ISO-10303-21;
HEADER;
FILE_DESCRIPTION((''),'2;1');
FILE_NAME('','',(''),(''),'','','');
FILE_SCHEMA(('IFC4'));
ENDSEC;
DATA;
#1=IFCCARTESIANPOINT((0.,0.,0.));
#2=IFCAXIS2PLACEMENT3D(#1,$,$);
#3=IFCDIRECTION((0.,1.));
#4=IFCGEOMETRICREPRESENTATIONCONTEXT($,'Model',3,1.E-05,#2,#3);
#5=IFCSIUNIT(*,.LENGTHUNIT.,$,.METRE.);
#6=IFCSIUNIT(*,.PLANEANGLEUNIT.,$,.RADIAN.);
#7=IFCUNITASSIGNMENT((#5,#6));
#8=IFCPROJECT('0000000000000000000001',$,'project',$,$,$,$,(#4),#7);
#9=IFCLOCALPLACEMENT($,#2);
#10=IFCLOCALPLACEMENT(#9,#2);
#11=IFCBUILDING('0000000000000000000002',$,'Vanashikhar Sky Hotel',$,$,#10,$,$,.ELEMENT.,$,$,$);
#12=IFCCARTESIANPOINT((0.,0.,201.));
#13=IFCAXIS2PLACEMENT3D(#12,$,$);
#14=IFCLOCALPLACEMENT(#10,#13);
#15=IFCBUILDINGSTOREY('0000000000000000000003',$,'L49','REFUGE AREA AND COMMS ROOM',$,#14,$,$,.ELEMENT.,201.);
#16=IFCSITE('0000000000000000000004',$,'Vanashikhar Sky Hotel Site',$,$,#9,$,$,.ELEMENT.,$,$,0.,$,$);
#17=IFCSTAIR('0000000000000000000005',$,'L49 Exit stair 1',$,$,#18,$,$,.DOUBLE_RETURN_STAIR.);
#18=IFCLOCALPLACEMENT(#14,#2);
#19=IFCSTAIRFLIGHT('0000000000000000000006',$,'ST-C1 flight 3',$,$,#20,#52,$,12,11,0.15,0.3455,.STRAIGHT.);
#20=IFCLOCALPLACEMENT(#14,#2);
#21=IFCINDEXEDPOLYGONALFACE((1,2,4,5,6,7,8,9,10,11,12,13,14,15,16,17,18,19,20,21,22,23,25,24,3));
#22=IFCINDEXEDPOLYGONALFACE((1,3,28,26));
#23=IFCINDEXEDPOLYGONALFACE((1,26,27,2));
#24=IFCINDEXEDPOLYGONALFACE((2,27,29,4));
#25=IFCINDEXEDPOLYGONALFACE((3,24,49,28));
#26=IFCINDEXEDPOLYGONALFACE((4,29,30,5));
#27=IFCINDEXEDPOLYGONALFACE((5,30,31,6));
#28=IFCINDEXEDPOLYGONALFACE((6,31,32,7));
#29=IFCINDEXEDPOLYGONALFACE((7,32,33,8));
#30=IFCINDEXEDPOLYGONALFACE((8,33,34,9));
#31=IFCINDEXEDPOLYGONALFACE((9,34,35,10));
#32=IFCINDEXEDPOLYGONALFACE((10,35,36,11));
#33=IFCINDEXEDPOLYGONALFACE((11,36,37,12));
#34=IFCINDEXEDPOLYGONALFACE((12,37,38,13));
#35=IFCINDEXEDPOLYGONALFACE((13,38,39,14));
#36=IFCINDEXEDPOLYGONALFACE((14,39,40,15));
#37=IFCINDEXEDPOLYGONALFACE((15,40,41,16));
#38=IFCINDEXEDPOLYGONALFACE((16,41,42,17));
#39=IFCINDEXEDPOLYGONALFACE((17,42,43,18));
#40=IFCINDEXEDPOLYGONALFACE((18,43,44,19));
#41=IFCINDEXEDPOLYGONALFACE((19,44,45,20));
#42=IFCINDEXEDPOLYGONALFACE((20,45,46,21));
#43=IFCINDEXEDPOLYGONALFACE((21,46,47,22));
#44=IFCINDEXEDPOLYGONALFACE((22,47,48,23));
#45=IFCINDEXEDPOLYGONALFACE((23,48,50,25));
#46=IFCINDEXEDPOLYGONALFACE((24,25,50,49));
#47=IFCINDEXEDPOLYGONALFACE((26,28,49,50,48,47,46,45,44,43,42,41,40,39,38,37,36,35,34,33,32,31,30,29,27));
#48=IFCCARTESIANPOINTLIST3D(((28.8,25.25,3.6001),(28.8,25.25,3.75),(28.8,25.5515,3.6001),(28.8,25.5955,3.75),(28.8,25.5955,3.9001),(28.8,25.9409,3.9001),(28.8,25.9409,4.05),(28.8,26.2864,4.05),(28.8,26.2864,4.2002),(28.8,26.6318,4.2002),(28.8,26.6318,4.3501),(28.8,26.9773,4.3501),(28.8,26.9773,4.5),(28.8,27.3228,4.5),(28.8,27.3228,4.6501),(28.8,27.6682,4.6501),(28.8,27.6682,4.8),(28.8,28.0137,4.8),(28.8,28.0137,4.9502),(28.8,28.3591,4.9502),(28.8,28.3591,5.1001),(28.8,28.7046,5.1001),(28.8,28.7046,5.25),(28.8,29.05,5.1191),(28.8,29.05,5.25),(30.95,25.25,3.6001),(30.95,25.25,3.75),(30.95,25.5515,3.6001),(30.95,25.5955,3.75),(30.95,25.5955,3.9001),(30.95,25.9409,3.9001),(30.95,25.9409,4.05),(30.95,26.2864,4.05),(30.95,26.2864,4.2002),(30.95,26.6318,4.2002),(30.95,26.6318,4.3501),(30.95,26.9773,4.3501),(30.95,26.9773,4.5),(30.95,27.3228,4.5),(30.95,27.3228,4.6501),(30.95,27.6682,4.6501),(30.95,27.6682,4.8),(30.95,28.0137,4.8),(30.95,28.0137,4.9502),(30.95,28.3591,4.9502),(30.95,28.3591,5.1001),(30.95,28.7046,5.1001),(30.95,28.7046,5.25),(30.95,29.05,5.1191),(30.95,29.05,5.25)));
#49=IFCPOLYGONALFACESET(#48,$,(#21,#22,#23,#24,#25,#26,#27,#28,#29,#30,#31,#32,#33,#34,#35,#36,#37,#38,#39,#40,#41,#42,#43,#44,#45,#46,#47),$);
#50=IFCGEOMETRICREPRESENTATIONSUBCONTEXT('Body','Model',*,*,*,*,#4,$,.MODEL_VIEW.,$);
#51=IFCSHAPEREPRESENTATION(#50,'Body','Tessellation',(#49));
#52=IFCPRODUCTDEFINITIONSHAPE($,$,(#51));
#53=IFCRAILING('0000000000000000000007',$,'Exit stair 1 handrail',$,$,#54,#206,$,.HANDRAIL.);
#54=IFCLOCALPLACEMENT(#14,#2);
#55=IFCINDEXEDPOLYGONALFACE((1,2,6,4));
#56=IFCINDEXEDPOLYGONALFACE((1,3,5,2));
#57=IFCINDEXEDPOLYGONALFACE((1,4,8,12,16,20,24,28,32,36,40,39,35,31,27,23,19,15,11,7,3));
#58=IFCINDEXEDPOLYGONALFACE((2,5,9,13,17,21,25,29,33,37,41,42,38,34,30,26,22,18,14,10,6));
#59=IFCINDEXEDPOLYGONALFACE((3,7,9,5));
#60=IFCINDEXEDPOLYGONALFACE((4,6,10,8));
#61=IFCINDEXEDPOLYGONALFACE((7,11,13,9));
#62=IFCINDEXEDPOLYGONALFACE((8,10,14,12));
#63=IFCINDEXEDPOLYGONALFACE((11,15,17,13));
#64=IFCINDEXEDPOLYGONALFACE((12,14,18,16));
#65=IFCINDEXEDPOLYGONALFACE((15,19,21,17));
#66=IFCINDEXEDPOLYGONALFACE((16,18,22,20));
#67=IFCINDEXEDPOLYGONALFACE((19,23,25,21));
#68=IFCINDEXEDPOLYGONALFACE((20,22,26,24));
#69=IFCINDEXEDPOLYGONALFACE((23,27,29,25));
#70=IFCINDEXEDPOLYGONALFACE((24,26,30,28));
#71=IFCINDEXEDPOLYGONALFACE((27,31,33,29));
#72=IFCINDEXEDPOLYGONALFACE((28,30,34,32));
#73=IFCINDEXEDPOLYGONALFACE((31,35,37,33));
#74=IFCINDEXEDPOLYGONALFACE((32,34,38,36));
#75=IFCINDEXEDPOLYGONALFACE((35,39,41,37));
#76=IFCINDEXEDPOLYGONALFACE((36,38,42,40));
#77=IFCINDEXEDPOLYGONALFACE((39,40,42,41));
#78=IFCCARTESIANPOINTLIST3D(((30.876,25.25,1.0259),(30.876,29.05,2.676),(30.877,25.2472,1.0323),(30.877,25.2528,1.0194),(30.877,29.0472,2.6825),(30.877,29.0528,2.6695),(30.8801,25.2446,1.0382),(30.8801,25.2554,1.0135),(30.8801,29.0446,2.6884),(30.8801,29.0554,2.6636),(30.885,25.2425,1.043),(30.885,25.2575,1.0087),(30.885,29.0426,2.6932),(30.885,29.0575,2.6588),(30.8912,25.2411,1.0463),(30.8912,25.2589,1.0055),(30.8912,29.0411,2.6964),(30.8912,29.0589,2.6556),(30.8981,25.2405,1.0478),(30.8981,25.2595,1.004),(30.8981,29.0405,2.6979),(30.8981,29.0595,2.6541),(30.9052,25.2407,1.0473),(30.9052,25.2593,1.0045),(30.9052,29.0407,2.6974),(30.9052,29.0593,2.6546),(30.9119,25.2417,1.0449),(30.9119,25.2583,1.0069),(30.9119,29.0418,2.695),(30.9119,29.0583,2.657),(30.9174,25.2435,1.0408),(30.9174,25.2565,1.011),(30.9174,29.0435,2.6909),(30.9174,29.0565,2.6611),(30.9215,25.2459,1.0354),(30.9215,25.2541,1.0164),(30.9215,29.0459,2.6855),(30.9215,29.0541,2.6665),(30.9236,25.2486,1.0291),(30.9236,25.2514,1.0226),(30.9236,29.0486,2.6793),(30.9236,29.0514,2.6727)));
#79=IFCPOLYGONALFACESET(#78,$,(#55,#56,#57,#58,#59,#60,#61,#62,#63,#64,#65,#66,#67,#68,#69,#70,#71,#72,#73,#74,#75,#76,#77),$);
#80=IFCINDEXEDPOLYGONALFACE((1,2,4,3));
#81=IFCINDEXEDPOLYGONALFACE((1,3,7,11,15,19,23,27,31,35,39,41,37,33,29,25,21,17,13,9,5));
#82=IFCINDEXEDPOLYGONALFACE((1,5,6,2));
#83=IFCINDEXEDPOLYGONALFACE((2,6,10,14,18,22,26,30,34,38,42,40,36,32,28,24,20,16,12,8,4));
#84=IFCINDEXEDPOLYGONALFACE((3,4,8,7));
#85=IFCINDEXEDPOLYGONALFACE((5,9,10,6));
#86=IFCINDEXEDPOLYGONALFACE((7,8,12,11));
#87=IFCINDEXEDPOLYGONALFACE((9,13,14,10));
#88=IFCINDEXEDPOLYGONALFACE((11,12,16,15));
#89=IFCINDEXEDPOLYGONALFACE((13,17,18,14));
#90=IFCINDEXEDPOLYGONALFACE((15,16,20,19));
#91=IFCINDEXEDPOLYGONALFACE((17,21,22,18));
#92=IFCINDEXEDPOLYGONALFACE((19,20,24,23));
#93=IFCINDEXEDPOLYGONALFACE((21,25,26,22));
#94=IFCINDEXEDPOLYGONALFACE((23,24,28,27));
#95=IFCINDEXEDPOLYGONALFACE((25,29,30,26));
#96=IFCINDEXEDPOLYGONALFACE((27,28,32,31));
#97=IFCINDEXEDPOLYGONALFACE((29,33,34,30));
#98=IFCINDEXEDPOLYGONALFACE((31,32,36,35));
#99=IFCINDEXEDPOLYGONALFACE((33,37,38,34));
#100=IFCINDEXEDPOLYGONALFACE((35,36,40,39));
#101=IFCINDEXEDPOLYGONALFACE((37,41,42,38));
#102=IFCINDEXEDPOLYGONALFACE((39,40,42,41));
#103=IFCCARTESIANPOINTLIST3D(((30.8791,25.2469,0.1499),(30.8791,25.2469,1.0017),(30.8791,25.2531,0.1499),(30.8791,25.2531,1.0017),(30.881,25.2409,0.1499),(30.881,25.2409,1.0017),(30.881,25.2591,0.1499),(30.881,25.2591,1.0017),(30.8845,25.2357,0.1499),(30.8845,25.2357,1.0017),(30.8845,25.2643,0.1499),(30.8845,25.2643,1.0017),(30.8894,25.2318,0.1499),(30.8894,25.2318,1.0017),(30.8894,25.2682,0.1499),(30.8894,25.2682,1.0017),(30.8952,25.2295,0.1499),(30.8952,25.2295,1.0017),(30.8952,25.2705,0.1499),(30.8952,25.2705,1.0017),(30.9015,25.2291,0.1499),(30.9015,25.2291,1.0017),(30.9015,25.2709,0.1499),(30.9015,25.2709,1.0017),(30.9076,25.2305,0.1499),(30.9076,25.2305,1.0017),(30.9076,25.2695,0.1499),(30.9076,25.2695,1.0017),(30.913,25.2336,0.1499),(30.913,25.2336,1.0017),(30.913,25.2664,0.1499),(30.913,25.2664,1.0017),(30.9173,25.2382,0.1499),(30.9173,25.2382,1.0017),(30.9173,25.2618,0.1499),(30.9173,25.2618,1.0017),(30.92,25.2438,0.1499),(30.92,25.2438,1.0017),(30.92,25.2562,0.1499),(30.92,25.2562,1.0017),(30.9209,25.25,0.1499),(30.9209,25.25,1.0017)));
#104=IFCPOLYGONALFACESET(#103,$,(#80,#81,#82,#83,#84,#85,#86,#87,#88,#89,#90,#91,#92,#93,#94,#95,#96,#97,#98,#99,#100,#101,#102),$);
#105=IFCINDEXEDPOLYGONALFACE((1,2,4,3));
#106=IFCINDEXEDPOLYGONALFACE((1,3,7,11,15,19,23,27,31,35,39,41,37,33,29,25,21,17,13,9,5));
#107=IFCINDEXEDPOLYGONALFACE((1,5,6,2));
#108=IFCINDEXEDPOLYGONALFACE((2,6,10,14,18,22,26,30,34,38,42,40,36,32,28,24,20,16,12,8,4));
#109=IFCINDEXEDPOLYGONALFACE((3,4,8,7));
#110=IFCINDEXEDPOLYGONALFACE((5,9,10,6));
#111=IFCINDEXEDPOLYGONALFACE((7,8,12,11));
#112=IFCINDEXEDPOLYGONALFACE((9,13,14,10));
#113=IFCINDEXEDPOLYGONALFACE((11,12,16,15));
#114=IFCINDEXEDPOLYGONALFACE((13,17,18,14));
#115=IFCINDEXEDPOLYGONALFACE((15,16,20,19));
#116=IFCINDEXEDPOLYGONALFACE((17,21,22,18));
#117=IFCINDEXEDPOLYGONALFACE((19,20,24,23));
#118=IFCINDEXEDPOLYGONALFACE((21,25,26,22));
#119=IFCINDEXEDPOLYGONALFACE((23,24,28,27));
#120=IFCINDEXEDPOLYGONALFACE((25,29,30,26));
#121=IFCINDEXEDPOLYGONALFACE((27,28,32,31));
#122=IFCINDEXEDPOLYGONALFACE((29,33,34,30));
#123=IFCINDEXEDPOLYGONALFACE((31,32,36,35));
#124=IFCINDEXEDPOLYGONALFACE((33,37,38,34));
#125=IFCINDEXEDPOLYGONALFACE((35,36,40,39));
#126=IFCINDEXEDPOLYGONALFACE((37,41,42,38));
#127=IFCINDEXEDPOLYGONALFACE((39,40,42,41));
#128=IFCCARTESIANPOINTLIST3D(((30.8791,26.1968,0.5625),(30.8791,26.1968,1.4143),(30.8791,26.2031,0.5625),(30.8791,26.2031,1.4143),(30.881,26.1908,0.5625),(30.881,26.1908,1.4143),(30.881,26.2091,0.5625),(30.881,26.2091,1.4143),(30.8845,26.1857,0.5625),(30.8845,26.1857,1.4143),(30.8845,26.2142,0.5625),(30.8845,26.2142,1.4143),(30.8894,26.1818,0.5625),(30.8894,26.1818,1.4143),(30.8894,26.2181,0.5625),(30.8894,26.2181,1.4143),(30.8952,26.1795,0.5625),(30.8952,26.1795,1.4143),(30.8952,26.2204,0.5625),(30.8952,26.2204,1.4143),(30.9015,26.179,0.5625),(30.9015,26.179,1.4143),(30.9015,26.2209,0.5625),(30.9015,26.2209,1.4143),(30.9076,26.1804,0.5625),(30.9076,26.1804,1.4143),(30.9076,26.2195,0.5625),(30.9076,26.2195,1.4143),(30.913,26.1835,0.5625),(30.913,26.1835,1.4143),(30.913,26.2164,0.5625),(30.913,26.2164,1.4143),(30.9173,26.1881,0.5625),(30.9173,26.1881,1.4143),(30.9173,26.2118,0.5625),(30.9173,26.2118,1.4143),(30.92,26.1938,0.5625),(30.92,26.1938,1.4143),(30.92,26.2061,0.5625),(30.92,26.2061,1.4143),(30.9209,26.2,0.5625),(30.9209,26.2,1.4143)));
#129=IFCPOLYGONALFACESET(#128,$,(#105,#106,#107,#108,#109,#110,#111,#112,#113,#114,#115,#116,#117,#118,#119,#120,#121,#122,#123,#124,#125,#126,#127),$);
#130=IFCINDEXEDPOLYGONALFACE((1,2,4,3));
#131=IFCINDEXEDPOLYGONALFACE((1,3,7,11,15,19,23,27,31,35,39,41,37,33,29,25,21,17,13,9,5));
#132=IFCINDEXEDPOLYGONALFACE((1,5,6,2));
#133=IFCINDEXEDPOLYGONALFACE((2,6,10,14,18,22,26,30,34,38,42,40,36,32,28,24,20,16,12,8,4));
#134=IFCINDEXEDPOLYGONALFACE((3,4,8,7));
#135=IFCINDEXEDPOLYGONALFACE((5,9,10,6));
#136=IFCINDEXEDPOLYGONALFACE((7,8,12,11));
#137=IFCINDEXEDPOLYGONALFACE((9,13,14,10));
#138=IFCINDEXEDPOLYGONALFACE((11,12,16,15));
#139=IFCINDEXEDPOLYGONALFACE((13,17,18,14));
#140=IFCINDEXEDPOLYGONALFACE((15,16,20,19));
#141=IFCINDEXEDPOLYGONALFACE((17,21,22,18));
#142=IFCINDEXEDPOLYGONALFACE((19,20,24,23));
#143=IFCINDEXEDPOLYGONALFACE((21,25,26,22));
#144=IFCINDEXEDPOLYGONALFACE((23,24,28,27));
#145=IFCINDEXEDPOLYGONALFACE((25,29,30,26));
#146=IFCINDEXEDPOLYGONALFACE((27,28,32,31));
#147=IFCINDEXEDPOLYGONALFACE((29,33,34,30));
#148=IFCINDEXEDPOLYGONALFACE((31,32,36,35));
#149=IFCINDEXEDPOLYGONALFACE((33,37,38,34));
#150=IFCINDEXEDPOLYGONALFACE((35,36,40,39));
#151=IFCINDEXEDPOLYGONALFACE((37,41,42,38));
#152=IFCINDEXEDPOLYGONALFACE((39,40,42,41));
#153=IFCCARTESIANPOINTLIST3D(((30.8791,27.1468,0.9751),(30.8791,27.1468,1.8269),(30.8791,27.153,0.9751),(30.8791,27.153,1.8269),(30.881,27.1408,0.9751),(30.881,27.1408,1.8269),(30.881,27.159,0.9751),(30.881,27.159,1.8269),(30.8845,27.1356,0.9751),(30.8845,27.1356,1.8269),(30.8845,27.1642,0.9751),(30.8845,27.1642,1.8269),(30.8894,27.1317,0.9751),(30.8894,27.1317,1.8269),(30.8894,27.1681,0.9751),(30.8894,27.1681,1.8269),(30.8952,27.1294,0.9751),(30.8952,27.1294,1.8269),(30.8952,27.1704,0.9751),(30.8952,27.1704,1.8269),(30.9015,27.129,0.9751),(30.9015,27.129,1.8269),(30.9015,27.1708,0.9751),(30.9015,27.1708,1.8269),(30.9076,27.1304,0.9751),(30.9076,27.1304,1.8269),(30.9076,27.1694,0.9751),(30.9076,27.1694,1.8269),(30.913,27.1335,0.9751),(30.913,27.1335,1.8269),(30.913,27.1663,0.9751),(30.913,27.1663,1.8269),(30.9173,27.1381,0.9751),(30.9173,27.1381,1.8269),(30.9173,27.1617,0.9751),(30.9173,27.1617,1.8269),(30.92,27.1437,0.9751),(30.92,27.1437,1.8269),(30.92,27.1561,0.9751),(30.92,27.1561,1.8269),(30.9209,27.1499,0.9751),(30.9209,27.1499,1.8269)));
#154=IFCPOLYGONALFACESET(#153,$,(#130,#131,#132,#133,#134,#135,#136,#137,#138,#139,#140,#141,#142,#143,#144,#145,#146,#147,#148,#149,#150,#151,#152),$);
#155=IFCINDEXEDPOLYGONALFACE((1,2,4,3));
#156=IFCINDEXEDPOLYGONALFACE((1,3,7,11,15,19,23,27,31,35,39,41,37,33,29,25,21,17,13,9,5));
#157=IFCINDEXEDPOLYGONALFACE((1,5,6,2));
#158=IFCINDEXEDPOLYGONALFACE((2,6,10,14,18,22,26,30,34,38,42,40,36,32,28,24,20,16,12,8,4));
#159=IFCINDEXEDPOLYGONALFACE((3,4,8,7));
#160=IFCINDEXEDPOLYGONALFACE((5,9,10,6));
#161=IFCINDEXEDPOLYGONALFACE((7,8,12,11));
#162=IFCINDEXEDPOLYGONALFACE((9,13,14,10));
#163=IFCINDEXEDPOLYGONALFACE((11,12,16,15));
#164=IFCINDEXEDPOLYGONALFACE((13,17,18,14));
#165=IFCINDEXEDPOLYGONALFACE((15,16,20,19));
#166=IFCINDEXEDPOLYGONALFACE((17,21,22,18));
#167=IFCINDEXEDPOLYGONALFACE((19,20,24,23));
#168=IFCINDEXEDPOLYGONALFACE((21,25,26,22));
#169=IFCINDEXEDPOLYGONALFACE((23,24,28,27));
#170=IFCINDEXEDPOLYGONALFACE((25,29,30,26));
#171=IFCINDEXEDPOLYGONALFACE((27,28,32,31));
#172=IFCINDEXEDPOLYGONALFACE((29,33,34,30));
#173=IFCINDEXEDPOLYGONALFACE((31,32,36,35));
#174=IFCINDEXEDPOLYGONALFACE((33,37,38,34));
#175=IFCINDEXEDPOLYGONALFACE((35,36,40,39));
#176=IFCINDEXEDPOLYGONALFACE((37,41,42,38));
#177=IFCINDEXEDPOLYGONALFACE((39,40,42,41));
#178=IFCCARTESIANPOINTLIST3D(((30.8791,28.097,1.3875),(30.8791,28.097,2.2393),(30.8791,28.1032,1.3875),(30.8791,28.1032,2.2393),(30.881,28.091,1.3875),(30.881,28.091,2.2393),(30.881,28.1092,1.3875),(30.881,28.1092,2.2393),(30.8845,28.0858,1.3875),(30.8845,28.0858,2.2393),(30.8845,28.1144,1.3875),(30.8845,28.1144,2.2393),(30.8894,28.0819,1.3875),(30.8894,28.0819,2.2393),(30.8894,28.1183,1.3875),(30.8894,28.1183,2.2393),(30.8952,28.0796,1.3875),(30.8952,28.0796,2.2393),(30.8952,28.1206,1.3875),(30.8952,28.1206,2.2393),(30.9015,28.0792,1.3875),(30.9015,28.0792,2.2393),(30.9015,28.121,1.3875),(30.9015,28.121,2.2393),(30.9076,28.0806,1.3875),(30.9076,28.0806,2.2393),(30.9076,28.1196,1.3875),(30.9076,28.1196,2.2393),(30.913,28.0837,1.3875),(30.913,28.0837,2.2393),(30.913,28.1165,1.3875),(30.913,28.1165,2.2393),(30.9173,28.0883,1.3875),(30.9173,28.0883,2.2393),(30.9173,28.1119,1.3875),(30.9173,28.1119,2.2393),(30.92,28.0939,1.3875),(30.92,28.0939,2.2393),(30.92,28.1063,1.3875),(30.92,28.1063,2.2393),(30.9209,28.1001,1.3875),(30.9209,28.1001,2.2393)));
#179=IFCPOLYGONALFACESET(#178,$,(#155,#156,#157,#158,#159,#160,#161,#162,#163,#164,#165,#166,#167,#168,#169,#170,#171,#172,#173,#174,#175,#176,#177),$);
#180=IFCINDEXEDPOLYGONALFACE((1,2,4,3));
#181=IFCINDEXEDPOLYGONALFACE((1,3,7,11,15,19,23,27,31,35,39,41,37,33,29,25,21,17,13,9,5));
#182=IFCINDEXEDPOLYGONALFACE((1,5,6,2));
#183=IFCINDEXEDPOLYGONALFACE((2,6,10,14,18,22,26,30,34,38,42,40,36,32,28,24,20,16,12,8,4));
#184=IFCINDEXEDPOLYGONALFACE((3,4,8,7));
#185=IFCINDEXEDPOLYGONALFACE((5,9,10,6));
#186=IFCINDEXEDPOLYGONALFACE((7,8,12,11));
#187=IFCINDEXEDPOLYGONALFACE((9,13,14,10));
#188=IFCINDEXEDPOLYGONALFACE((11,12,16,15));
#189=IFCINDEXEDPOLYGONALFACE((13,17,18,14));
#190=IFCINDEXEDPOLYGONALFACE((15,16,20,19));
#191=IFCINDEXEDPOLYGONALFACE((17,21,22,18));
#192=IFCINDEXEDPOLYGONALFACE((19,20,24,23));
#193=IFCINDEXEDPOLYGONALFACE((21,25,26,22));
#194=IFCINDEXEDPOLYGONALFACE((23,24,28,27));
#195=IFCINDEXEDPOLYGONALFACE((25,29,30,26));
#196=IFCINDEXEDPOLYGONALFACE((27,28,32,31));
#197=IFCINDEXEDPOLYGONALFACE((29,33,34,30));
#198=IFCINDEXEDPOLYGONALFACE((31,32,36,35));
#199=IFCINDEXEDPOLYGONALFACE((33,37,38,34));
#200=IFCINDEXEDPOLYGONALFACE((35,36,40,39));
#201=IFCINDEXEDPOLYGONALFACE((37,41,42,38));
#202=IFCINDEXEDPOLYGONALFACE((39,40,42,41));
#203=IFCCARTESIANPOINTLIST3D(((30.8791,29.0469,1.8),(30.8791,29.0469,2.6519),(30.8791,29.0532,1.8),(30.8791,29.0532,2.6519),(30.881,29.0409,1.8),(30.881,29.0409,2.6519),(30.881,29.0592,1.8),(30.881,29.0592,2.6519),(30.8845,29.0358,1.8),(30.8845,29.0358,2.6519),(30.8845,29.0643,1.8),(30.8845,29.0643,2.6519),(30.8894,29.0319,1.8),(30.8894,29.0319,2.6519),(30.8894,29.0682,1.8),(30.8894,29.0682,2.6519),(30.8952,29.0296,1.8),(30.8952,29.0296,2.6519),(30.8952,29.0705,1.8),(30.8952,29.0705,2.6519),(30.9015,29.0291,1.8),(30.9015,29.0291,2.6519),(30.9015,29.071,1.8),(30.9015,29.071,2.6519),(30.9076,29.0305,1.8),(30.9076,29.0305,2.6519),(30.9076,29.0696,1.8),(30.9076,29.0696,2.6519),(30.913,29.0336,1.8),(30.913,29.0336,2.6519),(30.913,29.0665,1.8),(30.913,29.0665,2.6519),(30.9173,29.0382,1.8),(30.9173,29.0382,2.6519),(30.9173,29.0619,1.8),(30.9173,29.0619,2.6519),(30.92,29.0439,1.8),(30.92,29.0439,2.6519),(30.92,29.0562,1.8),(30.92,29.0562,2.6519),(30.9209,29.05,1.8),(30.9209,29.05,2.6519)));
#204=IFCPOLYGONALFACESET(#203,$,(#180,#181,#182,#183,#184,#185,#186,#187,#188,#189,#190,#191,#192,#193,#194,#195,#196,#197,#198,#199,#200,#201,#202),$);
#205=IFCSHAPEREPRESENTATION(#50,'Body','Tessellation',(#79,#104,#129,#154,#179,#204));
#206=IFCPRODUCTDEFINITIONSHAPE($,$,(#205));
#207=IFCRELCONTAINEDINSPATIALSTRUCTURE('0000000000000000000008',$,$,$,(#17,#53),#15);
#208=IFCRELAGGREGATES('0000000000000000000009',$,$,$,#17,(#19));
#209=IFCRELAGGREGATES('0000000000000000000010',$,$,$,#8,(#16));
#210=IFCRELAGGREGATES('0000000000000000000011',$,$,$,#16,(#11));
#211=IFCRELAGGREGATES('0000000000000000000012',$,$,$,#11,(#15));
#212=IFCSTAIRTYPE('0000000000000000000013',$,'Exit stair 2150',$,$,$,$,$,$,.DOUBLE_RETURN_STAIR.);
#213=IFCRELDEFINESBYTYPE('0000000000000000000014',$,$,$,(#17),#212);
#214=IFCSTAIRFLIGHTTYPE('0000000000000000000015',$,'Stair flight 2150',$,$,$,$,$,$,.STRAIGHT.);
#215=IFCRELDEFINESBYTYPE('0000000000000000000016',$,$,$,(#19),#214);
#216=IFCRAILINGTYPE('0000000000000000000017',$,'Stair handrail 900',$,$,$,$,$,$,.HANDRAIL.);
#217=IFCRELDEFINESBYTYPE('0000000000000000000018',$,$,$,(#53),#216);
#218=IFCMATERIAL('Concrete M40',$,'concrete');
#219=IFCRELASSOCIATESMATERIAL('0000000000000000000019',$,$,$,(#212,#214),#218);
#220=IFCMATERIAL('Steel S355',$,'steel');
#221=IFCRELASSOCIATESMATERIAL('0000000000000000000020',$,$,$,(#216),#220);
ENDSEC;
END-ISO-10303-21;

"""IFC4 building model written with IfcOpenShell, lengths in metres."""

from ifc_helpers import new_model, si_unit, direction, frame, origin, origin_2d, place, context, subcontext, project, spatial, polyline, circle, outline, extrude, source, transform, mapped, material, type_object, element, aggregate, save


model = new_model("IFC4")

# Units and contexts
model_context = context("Model", 3, precision=1e-05, world=origin(), true_north=direction((0.0, 1.0)))
body_context = subcontext(model_context, "Body", "Model", "MODEL_VIEW")
ifc_project = project(units=[si_unit("LENGTHUNIT", "METRE"), si_unit("PLANEANGLEUNIT", "RADIAN")], contexts=[model_context])

# Site, building, storey
site_placement = place(None, origin())
site = spatial("IfcSite", under=ifc_project, at=site_placement, Name="Vanashikhar Sky Hotel Site", CompositionType="ELEMENT", RefElevation=0.0)
building_placement = place(site_placement, origin())
building = spatial("IfcBuilding", under=site, at=building_placement, Name="Vanashikhar Sky Hotel", CompositionType="ELEMENT")
storey_placement = place(building_placement, frame((0.0, 0.0, 201.0)))
storey = spatial("IfcBuildingStorey", under=building, at=storey_placement, Name="L49", Description="REFUGE AREA AND COMMS ROOM", CompositionType="ELEMENT", Elevation=201.0)

# Stair, stair flight
ifc_material_1 = material(Name="Concrete M40", Category="concrete")
stair_type = type_object("IfcStairType", Name="Exit stair 2150", PredefinedType="DOUBLE_RETURN_STAIR", material=ifc_material_1)
stair_placement = place(storey_placement, origin())
stair = element("IfcStair", 1, at=stair_placement, inside=storey, type_object=stair_type, Name="L49 Exit stair 1", PredefinedType="DOUBLE_RETURN_STAIR")
stair_flight_type = type_object("IfcStairFlightType", Name="Stair flight 2150", PredefinedType="STRAIGHT", material=ifc_material_1)
shared_shape_1 = source(origin(), body_context, "Body", "SweptSolid", [
    extrude(outline(polyline([(0.0, 0.0), (0.0, 0.1499), (0.3455, 0.1499), (0.3455, 0.3), (0.6909, 0.3), (0.6909, 0.45), (1.0364, 0.45), (1.0364, 0.6001), (1.3818, 0.6001), (1.3818, 0.75), (1.7273, 0.75), (1.7273, 0.8999), (2.0728, 0.8999), (2.0728, 1.05), (2.4182, 1.05), (2.4182, 1.2), (2.7637, 1.2), (2.7637, 1.3501), (3.1091, 1.3501), (3.1091, 1.5), (3.4546, 1.5), (3.4546, 1.6499), (3.8, 1.6499), (3.8, 1.8), (3.8, 1.519), (0.3015, 0.0), (0.0, 0.0)])), frame((0.0, 1.075, 0.0), z_axis=(0.0, -1.0, 0.0), x_axis=(1.0, 0.0, 0.0)), (0.0, 0.0, 1.0), 2.1499),
])
stair_flight_1_placement = place(storey_placement, frame((29.875, 25.25, 3.6001), z_axis=(0.0, 0.0, 1.0), x_axis=(0.0, 1.0, 0.0)))
stair_flight_1 = element("IfcStairFlight", 2, at=stair_flight_1_placement, type_object=stair_flight_type, Name="ST-C1 flight 3", NumberOfRisers=12, NumberOfTreads=11, PredefinedType="STRAIGHT", RiserHeight=0.15, TreadLength=0.3455, context=body_context, shape_type="MappedRepresentation", body=[
    mapped(shared_shape_1, transform((0.0, 0.0, 0.0), scale=1.0)),
])
aggregate(stair, [stair_flight_1])

# Railing
ifc_material_2 = material(Name="Steel S355", Category="steel")
railing_type_1 = type_object("IfcRailingType", Name="Stair handrail 900", PredefinedType="HANDRAIL", material=ifc_material_2)
shared_shape_2 = source(origin(), body_context, "Body", "SweptSolid", [
    extrude(circle(Radius=0.0239, at=origin_2d()), frame((0.0, 0.0, 0.876), z_axis=(0.0, 0.917251, 0.39831), x_axis=(-1.0, 0.0, 0.0)), (0.0, 0.0, 1.0), 4.1428),
    extrude(circle(Radius=0.021, at=origin_2d()), origin(), (0.0, 0.0, 1.0), 0.8518),
    extrude(circle(Radius=0.021, at=origin_2d()), frame((0.0, 0.95, 0.4126)), (0.0, 0.0, 1.0), 0.8518),
    extrude(circle(Radius=0.021, at=origin_2d()), frame((0.0, 1.8999, 0.8252)), (0.0, 0.0, 1.0), 0.8518),
    extrude(circle(Radius=0.021, at=origin_2d()), frame((0.0, 2.8501, 1.2375)), (0.0, 0.0, 1.0), 0.8518),
    extrude(circle(Radius=0.021, at=origin_2d()), frame((0.0, 3.8, 1.6501)), (0.0, 0.0, 1.0), 0.8518),
])
railing_1_placement = place(storey_placement, frame((30.8999, 25.25, 0.1499)))
element("IfcRailing", 3, at=railing_1_placement, inside=storey, type_object=railing_type_1, Name="Exit stair 1 handrail", PredefinedType="HANDRAIL", context=body_context, shape_type="MappedRepresentation", body=[
    mapped(shared_shape_2, transform((0.0, 0.0, 0.0), scale=1.0)),
])

save(model, "model.ifc")
